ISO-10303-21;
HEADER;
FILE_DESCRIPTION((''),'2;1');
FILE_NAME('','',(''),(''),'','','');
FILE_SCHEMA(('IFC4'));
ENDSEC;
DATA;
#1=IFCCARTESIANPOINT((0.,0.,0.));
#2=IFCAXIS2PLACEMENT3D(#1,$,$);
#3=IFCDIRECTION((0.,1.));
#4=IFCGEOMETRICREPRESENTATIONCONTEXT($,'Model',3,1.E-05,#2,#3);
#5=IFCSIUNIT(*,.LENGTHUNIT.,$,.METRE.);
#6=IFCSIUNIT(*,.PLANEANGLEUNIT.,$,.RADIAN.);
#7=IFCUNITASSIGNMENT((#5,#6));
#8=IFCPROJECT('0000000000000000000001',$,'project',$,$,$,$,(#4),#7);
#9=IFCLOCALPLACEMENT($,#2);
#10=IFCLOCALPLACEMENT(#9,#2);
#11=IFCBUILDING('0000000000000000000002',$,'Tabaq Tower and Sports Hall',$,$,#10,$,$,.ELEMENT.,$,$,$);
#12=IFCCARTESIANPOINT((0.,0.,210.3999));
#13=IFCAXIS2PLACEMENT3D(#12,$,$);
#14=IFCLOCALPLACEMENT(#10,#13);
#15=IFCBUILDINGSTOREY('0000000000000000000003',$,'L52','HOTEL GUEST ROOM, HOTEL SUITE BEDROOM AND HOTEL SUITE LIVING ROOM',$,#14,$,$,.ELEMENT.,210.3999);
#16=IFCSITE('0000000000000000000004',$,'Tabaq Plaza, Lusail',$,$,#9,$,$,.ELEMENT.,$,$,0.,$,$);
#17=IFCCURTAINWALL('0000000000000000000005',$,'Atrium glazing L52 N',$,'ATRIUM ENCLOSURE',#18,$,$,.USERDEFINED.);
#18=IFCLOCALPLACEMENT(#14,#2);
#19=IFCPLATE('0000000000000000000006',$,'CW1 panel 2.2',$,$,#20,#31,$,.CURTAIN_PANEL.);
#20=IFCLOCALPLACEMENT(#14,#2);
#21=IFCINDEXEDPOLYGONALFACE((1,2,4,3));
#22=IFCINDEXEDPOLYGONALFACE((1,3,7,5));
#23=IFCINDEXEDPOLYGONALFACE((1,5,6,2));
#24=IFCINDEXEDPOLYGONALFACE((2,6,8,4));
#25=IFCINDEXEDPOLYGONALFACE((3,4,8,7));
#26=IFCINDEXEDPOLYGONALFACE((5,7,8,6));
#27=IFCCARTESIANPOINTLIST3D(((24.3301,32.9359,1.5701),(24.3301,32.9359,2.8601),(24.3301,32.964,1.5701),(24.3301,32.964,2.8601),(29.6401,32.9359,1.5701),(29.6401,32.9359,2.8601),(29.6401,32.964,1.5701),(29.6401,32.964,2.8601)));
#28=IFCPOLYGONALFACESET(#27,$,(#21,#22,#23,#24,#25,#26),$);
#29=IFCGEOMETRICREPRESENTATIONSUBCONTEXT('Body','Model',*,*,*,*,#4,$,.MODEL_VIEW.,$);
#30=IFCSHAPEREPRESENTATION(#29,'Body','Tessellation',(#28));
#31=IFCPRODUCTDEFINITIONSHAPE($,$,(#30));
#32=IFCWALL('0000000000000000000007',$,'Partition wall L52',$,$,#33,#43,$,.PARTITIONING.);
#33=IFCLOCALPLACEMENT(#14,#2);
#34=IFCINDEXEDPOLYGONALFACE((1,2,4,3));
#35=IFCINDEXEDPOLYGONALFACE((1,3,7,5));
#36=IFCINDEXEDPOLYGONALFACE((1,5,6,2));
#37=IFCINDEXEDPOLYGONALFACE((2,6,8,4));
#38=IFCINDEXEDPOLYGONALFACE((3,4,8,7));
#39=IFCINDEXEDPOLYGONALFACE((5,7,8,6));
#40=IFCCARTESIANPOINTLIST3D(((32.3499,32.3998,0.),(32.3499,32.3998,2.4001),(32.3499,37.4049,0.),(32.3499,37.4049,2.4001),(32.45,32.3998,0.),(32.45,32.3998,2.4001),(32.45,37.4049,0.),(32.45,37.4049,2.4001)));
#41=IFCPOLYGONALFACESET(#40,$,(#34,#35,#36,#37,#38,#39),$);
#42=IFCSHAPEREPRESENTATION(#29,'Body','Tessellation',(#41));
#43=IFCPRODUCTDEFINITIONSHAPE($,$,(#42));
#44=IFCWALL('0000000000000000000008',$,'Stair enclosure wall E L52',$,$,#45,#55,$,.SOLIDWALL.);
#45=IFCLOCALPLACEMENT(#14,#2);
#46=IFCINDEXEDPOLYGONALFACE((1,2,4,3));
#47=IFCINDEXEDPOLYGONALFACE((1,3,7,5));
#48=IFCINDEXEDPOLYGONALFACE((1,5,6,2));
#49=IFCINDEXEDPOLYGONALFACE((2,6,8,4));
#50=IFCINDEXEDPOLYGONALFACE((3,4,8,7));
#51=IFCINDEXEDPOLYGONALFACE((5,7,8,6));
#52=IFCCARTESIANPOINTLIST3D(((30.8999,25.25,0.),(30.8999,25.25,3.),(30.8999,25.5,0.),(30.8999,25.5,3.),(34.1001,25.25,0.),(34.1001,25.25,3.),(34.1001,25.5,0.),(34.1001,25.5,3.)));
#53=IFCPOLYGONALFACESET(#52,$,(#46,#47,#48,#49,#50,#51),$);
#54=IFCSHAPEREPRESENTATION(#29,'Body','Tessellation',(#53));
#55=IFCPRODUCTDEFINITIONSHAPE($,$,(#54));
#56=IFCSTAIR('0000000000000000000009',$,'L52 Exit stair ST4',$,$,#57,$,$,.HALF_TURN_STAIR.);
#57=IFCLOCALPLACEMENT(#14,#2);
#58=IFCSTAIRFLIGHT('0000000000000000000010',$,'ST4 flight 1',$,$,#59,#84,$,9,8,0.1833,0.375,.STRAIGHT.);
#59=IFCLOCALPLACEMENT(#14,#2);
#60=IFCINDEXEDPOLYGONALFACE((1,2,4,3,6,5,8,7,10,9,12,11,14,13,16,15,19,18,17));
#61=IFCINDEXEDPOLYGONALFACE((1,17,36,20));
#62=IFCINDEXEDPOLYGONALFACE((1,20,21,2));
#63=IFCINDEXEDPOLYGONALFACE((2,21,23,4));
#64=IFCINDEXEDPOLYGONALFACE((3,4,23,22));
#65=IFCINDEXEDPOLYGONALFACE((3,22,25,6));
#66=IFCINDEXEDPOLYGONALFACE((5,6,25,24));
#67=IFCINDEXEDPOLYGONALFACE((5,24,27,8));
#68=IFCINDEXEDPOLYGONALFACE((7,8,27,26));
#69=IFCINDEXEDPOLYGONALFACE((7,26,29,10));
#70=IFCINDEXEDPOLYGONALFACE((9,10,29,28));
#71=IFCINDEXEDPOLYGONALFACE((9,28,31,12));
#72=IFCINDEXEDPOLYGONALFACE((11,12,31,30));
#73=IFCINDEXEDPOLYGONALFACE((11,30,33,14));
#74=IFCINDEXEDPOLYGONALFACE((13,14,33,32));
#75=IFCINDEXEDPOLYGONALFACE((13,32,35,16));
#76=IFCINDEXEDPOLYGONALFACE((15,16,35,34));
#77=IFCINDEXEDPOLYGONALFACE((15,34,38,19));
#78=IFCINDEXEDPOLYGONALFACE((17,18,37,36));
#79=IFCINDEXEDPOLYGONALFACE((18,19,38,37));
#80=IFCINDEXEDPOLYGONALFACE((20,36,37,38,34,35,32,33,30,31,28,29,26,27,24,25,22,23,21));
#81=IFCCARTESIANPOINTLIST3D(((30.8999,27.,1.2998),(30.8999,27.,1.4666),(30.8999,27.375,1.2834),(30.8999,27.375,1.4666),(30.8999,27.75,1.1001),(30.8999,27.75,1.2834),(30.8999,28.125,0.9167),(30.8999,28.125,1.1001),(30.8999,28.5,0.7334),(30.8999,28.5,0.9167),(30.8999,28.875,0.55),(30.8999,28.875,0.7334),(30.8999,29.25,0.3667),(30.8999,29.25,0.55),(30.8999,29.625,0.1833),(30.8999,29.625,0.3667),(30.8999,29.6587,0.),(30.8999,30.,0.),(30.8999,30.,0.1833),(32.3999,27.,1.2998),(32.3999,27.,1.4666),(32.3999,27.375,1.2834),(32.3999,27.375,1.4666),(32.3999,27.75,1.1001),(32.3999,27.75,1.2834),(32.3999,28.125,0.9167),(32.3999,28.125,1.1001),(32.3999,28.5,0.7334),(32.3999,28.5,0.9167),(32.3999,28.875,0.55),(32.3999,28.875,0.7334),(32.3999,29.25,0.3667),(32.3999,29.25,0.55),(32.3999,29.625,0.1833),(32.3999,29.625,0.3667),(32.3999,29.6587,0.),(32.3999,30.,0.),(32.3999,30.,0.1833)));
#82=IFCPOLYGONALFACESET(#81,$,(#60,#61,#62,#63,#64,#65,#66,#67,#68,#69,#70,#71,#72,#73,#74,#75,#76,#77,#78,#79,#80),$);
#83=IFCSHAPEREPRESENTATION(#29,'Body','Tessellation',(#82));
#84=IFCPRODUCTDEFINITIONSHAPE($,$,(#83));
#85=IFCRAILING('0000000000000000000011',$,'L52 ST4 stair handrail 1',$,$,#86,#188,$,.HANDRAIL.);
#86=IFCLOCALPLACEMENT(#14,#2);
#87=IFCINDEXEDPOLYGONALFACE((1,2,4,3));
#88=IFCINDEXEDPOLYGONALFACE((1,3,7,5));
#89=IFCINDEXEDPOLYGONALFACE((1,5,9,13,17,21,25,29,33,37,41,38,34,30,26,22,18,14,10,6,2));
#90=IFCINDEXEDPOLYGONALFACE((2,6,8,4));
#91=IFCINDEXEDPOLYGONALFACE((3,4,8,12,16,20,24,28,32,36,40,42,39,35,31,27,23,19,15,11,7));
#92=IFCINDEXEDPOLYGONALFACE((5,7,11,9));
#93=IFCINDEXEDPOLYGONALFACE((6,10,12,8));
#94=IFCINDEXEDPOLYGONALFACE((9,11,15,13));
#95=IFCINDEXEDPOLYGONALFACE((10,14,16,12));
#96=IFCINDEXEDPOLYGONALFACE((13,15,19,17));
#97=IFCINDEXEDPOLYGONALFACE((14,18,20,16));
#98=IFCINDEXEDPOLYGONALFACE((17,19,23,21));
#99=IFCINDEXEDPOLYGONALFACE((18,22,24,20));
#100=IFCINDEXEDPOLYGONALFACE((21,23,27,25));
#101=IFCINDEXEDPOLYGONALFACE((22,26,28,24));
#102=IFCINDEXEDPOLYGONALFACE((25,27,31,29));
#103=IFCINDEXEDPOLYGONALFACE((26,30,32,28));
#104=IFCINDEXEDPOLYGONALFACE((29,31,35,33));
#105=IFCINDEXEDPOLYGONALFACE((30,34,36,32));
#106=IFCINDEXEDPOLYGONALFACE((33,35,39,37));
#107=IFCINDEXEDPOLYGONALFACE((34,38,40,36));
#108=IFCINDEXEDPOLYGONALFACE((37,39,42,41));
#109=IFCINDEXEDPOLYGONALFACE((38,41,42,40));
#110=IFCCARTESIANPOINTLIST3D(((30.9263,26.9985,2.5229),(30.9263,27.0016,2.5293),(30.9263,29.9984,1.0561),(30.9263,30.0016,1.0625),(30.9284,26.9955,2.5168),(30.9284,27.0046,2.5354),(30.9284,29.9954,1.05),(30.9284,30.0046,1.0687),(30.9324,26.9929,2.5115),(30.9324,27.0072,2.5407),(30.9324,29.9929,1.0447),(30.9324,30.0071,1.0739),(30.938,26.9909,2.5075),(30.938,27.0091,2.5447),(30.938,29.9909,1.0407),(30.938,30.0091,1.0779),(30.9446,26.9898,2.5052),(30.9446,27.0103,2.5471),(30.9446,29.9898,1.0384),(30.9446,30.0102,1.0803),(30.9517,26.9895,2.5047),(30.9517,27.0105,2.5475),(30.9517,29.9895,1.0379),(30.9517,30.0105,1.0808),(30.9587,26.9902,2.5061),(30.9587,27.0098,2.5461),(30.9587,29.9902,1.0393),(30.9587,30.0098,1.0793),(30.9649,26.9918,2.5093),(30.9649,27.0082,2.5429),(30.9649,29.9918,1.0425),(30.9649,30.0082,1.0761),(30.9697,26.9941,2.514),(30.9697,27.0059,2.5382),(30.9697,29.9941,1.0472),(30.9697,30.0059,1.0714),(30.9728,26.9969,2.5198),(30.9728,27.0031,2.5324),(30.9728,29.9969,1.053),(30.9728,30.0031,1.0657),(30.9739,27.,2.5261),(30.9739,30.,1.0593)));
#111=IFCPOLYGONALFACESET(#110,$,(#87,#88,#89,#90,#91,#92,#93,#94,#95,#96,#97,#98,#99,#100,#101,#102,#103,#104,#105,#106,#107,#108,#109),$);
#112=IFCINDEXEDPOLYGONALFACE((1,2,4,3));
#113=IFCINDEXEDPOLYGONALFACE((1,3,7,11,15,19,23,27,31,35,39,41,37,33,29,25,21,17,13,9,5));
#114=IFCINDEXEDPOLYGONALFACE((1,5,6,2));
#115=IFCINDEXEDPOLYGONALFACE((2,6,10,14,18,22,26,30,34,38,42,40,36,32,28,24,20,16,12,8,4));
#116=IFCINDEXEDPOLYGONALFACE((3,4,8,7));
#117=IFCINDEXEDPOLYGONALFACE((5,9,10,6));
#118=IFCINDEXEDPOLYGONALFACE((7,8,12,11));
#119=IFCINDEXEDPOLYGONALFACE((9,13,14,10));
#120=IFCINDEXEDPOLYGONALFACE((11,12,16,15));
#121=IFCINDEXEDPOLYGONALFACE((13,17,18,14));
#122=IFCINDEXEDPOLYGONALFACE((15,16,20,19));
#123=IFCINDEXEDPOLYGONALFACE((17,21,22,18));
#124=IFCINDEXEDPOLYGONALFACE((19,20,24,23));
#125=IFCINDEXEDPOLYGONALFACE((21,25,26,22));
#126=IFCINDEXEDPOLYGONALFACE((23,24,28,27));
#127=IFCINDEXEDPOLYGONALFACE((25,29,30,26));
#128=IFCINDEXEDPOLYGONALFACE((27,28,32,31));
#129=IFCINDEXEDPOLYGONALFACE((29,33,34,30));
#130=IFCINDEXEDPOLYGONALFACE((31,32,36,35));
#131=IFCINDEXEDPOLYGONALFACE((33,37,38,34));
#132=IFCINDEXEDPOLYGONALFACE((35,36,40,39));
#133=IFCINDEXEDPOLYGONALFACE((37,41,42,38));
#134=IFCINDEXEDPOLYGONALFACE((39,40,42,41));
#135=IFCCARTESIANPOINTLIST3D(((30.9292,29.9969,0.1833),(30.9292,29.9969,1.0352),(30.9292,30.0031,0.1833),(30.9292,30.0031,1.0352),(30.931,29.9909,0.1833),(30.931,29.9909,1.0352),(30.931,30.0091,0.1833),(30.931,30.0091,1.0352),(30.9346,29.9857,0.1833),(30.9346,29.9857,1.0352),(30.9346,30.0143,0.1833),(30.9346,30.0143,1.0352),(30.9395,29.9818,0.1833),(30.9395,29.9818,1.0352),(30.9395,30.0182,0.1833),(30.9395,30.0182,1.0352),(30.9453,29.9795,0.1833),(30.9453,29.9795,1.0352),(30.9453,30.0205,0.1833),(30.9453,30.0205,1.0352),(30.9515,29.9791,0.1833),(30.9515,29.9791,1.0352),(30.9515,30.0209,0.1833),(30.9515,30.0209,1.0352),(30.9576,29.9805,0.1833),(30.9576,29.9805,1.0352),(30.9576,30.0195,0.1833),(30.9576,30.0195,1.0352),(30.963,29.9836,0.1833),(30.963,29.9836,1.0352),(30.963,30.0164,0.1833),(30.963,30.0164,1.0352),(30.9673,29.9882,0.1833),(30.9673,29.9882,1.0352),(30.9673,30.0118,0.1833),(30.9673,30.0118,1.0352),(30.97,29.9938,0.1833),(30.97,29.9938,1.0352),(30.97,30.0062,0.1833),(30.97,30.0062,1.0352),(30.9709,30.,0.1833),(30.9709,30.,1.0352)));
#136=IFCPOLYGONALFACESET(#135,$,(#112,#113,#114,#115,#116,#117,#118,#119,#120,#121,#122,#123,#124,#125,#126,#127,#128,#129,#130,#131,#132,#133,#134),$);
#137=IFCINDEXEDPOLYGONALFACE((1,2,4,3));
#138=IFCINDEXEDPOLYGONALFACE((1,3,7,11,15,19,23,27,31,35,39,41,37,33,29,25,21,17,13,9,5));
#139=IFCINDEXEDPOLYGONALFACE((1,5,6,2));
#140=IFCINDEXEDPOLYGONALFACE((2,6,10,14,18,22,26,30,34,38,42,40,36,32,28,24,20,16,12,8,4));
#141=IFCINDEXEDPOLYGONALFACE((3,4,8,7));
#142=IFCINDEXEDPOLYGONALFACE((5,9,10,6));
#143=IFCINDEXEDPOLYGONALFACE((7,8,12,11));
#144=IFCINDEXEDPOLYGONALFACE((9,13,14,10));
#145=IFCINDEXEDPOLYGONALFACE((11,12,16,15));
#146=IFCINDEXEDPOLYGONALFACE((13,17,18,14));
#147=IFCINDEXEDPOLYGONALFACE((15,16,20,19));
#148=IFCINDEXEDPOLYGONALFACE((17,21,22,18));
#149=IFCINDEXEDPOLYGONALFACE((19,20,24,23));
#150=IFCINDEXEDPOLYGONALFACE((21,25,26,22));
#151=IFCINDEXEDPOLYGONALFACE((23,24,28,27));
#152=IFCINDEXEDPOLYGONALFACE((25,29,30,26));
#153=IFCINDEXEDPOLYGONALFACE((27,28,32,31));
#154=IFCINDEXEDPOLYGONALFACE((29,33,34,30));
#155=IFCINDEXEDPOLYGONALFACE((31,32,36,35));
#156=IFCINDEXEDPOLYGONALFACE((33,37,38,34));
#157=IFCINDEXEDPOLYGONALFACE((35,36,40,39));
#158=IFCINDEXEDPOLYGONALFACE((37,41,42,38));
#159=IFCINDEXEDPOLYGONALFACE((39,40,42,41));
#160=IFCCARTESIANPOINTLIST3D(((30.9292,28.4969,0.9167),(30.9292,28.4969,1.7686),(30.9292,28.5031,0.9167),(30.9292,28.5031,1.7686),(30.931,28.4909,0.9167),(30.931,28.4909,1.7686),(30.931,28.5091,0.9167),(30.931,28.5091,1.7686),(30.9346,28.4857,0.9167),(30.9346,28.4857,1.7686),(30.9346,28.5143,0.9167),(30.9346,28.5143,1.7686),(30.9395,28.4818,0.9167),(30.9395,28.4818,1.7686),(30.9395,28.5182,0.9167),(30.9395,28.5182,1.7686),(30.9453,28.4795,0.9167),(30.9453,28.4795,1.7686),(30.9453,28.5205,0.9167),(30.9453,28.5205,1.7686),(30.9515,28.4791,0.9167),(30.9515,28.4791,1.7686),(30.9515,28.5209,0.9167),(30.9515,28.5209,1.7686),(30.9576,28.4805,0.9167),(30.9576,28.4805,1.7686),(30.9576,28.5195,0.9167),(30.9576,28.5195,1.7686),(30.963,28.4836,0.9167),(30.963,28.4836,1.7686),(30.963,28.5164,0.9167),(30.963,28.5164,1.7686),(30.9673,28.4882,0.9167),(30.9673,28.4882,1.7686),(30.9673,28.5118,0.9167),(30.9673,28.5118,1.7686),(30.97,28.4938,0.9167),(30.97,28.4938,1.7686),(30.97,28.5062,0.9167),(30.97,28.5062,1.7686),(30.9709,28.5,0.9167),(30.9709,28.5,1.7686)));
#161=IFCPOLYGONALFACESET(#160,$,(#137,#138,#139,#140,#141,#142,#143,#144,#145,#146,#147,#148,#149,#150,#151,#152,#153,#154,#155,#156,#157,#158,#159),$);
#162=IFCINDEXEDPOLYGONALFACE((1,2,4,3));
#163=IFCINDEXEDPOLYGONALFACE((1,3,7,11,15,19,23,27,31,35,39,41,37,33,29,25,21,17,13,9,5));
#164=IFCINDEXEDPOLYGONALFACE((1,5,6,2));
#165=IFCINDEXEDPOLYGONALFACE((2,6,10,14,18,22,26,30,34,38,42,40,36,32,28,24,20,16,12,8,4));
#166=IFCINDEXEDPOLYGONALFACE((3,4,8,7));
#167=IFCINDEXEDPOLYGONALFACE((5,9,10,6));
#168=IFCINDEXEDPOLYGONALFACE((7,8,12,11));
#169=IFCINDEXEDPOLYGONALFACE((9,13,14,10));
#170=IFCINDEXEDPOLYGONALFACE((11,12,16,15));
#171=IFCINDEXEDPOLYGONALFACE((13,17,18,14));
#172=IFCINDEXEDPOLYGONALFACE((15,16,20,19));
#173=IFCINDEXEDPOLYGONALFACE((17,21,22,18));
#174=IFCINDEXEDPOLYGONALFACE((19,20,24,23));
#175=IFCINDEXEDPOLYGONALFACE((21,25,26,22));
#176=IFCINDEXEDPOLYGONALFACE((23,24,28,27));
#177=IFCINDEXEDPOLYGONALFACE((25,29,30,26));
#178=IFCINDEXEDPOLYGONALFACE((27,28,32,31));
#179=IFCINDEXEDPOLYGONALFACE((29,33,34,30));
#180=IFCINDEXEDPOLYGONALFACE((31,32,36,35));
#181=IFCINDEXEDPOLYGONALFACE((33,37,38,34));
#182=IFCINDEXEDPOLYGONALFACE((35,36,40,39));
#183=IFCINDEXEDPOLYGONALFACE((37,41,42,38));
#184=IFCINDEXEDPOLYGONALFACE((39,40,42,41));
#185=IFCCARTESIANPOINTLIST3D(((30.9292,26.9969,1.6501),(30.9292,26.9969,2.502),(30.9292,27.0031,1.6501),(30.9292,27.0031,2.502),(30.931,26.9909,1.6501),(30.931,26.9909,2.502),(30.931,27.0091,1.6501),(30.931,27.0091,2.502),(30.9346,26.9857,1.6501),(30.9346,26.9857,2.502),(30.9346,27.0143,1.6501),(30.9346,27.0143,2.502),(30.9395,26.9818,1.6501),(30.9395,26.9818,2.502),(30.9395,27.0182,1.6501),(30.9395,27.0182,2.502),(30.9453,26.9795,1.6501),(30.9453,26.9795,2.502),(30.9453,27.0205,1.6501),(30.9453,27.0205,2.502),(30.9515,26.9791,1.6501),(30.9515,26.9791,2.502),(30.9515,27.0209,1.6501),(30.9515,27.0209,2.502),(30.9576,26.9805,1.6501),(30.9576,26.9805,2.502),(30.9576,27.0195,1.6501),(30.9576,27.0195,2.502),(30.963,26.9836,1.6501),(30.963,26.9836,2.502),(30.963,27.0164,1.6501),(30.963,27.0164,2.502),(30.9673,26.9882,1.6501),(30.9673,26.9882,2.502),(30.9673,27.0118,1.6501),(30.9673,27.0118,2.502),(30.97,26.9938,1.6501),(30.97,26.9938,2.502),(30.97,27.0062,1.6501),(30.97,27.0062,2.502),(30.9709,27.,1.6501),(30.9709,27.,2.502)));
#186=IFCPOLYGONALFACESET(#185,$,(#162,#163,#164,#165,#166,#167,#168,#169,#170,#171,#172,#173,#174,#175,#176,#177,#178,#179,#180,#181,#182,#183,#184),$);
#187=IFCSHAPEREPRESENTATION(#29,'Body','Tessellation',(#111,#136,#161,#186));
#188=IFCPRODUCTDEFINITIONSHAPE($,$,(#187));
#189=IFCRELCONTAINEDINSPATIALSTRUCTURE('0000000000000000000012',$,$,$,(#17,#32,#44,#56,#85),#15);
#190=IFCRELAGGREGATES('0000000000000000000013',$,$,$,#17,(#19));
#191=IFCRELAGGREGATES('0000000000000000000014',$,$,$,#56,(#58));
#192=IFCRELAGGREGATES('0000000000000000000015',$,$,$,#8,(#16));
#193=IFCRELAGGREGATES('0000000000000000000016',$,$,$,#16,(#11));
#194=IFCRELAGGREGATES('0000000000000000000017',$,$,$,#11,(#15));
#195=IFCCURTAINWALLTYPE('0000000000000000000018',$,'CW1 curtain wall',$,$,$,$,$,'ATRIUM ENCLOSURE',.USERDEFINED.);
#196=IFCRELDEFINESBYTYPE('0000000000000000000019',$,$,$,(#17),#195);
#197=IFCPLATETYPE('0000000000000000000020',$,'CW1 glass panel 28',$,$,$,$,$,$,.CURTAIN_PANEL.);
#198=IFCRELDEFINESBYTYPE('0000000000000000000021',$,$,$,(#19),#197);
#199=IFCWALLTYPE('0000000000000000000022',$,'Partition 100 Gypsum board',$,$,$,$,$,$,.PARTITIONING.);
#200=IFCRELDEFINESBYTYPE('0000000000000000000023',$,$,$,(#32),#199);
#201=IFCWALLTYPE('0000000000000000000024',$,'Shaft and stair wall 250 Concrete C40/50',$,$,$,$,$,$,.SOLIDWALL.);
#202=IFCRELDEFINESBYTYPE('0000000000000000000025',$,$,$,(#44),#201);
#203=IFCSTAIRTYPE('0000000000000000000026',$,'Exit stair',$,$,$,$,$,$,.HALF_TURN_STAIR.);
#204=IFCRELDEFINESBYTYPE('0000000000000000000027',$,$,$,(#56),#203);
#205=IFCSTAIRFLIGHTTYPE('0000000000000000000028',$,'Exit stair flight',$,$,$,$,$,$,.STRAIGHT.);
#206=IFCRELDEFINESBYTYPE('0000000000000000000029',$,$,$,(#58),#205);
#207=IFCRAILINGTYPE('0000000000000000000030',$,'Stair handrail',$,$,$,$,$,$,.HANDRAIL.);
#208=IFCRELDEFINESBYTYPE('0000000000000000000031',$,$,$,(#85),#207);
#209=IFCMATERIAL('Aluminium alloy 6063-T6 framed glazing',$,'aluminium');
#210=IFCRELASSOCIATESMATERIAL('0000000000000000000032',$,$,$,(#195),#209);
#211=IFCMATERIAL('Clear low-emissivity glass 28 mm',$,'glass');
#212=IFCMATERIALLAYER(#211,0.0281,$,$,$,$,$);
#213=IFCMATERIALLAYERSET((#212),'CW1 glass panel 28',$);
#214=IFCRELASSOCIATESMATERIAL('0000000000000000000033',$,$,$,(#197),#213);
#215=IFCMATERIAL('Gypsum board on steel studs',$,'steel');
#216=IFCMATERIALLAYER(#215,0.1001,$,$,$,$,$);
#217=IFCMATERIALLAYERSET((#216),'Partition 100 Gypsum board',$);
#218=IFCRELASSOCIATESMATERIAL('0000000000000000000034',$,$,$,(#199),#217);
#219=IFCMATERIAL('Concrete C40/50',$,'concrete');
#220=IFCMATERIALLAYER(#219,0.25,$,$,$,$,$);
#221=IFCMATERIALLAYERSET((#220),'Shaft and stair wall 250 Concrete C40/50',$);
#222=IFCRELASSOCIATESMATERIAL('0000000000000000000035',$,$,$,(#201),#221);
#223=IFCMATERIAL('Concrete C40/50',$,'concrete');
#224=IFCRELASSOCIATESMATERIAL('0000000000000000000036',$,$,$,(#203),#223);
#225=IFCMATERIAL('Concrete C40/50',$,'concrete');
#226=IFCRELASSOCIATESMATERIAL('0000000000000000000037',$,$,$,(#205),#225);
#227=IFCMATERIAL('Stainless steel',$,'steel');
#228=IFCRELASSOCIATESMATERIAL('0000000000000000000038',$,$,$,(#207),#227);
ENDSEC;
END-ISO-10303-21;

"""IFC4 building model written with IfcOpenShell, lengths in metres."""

from ifc_helpers import new_model, si_unit, direction, frame, frame_2d, origin, origin_2d, place, context, subcontext, project, spatial, polyline, rectangle, circle, outline, extrude, material, layer, layer_set, type_object, element, aggregate, save


model = new_model("IFC4")

# Units and contexts
model_context = context("Model", 3, precision=1e-05, world=origin(), true_north=direction((0.0, 1.0)))
body_context = subcontext(model_context, "Body", "Model", "MODEL_VIEW")
ifc_project = project(units=[si_unit("LENGTHUNIT", "METRE"), si_unit("PLANEANGLEUNIT", "RADIAN")], contexts=[model_context])

# Site, building, storey
site_placement = place(None, origin())
site = spatial("IfcSite", under=ifc_project, at=site_placement, Name="Tabaq Plaza, Lusail", CompositionType="ELEMENT", RefElevation=0.0)
building_placement = place(site_placement, origin())
building = spatial("IfcBuilding", under=site, at=building_placement, Name="Tabaq Tower and Sports Hall", CompositionType="ELEMENT")
storey_placement = place(building_placement, frame((0.0, 0.0, 210.3999)))
storey = spatial("IfcBuildingStorey", under=building, at=storey_placement, Name="L52", Description="HOTEL GUEST ROOM, HOTEL SUITE BEDROOM AND HOTEL SUITE LIVING ROOM", CompositionType="ELEMENT", Elevation=210.3999)

# Curtain wall
ifc_material_1 = material(Name="Aluminium alloy 6063-T6 framed glazing", Category="aluminium")
curtain_wall_type = type_object("IfcCurtainWallType", Name="CW1 curtain wall", ElementType="ATRIUM ENCLOSURE", PredefinedType="USERDEFINED", material=ifc_material_1)
curtain_wall_placement = place(storey_placement, origin())
curtain_wall = element("IfcCurtainWall", 1, at=curtain_wall_placement, inside=storey, type_object=curtain_wall_type, Name="Atrium glazing L52 N", ObjectType="ATRIUM ENCLOSURE", PredefinedType="USERDEFINED")

# Plate
ifc_material_2 = material(Name="Clear low-emissivity glass 28 mm", Category="glass")
ifc_layer_1 = layer(ifc_material_2, 0.0281)
ifc_layer_set_1 = layer_set([ifc_layer_1], Name="CW1 glass panel 28")
plate_type = type_object("IfcPlateType", Name="CW1 glass panel 28", PredefinedType="CURTAIN_PANEL", material=ifc_layer_set_1)
plate_1_placement = place(storey_placement, frame((26.9851, 32.95, 1.5701), z_axis=(0.0, 0.0, 1.0), x_axis=(1.0, 0.0, 0.0)))
plate_1 = element("IfcPlate", 2, at=plate_1_placement, type_object=plate_type, Name="CW1 panel 2.2", PredefinedType="CURTAIN_PANEL", context=body_context, shape_type="SweptSolid", body=[
    extrude(rectangle(XDim=5.3101, YDim=0.0281, at=origin_2d()), origin(), (0.0, 0.0, 1.0), 1.29),
])
aggregate(curtain_wall, [plate_1])

# Walls
ifc_material_3 = material(Name="Gypsum board on steel studs", Category="steel")
ifc_layer_2 = layer(ifc_material_3, 0.1001)
ifc_layer_set_2 = layer_set([ifc_layer_2], Name="Partition 100 Gypsum board")
wall_type_1 = type_object("IfcWallType", Name="Partition 100 Gypsum board", PredefinedType="PARTITIONING", material=ifc_layer_set_2)
wall_1_placement = place(storey_placement, frame((32.3999, 32.3999, 0.0), z_axis=(0.0, 0.0, 1.0), x_axis=(0.0, 1.0, 0.0)))
element("IfcWall", 3, at=wall_1_placement, inside=storey, type_object=wall_type_1, Name="Partition wall L52", PredefinedType="PARTITIONING", context=body_context, shape_type="SweptSolid", body=[
    extrude(rectangle(XDim=5.0051, YDim=0.1001, at=frame_2d((2.5024, 0.0))), origin(), (0.0, 0.0, 1.0), 2.4001),
])
ifc_material_4 = material(Name="Concrete C40/50", Category="concrete")
ifc_layer_3 = layer(ifc_material_4, 0.25)
ifc_layer_set_3 = layer_set([ifc_layer_3], Name="Shaft and stair wall 250 Concrete C40/50")
wall_type_2 = type_object("IfcWallType", Name="Shaft and stair wall 250 Concrete C40/50", PredefinedType="SOLIDWALL", material=ifc_layer_set_3)
wall_2_placement = place(storey_placement, frame((30.8999, 25.375, 0.0), z_axis=(0.0, 0.0, 1.0), x_axis=(1.0, 0.0, 0.0)))
element("IfcWall", 4, at=wall_2_placement, inside=storey, type_object=wall_type_2, Name="Stair enclosure wall E L52", PredefinedType="SOLIDWALL", context=body_context, shape_type="SweptSolid", body=[
    extrude(rectangle(XDim=3.2002, YDim=0.25, at=frame_2d((1.6001, 0.0))), origin(), (0.0, 0.0, 1.0), 3.0),
])

# Stair, stair flight
ifc_material_5 = material(Name="Concrete C40/50", Category="concrete")
stair_type = type_object("IfcStairType", Name="Exit stair", PredefinedType="HALF_TURN_STAIR", material=ifc_material_5)
stair_placement = place(storey_placement, origin())
stair = element("IfcStair", 5, at=stair_placement, inside=storey, type_object=stair_type, Name="L52 Exit stair ST4", PredefinedType="HALF_TURN_STAIR")
ifc_material_6 = material(Name="Concrete C40/50", Category="concrete")
stair_flight_type = type_object("IfcStairFlightType", Name="Exit stair flight", PredefinedType="STRAIGHT", material=ifc_material_6)
stair_flight_placement = place(storey_placement, frame((31.6499, 30.0, 0.0), z_axis=(0.0, 0.0, 1.0), x_axis=(0.0, -1.0, 0.0)))
stair_flight = element("IfcStairFlight", 6, at=stair_flight_placement, type_object=stair_flight_type, Name="ST4 flight 1", NumberOfRisers=9, NumberOfTreads=8, PredefinedType="STRAIGHT", RiserHeight=0.1833, TreadLength=0.375, context=body_context, shape_type="SweptSolid", body=[
    extrude(outline(polyline([(0.0, 0.0), (0.0, 0.1833), (0.375, 0.1833), (0.375, 0.3667), (0.75, 0.3667), (0.75, 0.55), (1.125, 0.55), (1.125, 0.7334), (1.5, 0.7334), (1.5, 0.9167), (1.875, 0.9167), (1.875, 1.1001), (2.25, 1.1001), (2.25, 1.2834), (2.625, 1.2834), (2.625, 1.4666), (3.0, 1.4666), (3.0, 1.6499), (3.0, 1.2998), (0.3413, 0.0), (0.0, 0.0)])), frame((0.0, 0.75, 0.0), z_axis=(0.0, -1.0, 0.0), x_axis=(1.0, 0.0, 0.0)), (0.0, 0.0, 1.0), 1.5),
])
aggregate(stair, [stair_flight])

# Railing
ifc_material_7 = material(Name="Stainless steel", Category="steel")
railing_type = type_object("IfcRailingType", Name="Stair handrail", PredefinedType="HANDRAIL", material=ifc_material_7)
railing_placement = place(storey_placement, frame((30.95, 30.0, 0.1833)))
element("IfcRailing", 7, at=railing_placement, inside=storey, type_object=railing_type, Name="L52 ST4 stair handrail 1", PredefinedType="HANDRAIL", context=body_context, shape_type="SweptSolid", body=[
    extrude(circle(Radius=0.0239, at=origin_2d()), frame((0.0, 0.0, 0.876), z_axis=(0.0, -0.898369, 0.439242), x_axis=(1.0, 0.0, 0.0)), (0.0, 0.0, 1.0), 3.3394),
    extrude(circle(Radius=0.021, at=origin_2d()), origin(), (0.0, 0.0, 1.0), 0.8518),
    extrude(circle(Radius=0.021, at=origin_2d()), frame((0.0, -1.5, 0.7334)), (0.0, 0.0, 1.0), 0.8518),
    extrude(circle(Radius=0.021, at=origin_2d()), frame((0.0, -3.0, 1.4668)), (0.0, 0.0, 1.0), 0.8518),
])

save(model, "model.ifc")
